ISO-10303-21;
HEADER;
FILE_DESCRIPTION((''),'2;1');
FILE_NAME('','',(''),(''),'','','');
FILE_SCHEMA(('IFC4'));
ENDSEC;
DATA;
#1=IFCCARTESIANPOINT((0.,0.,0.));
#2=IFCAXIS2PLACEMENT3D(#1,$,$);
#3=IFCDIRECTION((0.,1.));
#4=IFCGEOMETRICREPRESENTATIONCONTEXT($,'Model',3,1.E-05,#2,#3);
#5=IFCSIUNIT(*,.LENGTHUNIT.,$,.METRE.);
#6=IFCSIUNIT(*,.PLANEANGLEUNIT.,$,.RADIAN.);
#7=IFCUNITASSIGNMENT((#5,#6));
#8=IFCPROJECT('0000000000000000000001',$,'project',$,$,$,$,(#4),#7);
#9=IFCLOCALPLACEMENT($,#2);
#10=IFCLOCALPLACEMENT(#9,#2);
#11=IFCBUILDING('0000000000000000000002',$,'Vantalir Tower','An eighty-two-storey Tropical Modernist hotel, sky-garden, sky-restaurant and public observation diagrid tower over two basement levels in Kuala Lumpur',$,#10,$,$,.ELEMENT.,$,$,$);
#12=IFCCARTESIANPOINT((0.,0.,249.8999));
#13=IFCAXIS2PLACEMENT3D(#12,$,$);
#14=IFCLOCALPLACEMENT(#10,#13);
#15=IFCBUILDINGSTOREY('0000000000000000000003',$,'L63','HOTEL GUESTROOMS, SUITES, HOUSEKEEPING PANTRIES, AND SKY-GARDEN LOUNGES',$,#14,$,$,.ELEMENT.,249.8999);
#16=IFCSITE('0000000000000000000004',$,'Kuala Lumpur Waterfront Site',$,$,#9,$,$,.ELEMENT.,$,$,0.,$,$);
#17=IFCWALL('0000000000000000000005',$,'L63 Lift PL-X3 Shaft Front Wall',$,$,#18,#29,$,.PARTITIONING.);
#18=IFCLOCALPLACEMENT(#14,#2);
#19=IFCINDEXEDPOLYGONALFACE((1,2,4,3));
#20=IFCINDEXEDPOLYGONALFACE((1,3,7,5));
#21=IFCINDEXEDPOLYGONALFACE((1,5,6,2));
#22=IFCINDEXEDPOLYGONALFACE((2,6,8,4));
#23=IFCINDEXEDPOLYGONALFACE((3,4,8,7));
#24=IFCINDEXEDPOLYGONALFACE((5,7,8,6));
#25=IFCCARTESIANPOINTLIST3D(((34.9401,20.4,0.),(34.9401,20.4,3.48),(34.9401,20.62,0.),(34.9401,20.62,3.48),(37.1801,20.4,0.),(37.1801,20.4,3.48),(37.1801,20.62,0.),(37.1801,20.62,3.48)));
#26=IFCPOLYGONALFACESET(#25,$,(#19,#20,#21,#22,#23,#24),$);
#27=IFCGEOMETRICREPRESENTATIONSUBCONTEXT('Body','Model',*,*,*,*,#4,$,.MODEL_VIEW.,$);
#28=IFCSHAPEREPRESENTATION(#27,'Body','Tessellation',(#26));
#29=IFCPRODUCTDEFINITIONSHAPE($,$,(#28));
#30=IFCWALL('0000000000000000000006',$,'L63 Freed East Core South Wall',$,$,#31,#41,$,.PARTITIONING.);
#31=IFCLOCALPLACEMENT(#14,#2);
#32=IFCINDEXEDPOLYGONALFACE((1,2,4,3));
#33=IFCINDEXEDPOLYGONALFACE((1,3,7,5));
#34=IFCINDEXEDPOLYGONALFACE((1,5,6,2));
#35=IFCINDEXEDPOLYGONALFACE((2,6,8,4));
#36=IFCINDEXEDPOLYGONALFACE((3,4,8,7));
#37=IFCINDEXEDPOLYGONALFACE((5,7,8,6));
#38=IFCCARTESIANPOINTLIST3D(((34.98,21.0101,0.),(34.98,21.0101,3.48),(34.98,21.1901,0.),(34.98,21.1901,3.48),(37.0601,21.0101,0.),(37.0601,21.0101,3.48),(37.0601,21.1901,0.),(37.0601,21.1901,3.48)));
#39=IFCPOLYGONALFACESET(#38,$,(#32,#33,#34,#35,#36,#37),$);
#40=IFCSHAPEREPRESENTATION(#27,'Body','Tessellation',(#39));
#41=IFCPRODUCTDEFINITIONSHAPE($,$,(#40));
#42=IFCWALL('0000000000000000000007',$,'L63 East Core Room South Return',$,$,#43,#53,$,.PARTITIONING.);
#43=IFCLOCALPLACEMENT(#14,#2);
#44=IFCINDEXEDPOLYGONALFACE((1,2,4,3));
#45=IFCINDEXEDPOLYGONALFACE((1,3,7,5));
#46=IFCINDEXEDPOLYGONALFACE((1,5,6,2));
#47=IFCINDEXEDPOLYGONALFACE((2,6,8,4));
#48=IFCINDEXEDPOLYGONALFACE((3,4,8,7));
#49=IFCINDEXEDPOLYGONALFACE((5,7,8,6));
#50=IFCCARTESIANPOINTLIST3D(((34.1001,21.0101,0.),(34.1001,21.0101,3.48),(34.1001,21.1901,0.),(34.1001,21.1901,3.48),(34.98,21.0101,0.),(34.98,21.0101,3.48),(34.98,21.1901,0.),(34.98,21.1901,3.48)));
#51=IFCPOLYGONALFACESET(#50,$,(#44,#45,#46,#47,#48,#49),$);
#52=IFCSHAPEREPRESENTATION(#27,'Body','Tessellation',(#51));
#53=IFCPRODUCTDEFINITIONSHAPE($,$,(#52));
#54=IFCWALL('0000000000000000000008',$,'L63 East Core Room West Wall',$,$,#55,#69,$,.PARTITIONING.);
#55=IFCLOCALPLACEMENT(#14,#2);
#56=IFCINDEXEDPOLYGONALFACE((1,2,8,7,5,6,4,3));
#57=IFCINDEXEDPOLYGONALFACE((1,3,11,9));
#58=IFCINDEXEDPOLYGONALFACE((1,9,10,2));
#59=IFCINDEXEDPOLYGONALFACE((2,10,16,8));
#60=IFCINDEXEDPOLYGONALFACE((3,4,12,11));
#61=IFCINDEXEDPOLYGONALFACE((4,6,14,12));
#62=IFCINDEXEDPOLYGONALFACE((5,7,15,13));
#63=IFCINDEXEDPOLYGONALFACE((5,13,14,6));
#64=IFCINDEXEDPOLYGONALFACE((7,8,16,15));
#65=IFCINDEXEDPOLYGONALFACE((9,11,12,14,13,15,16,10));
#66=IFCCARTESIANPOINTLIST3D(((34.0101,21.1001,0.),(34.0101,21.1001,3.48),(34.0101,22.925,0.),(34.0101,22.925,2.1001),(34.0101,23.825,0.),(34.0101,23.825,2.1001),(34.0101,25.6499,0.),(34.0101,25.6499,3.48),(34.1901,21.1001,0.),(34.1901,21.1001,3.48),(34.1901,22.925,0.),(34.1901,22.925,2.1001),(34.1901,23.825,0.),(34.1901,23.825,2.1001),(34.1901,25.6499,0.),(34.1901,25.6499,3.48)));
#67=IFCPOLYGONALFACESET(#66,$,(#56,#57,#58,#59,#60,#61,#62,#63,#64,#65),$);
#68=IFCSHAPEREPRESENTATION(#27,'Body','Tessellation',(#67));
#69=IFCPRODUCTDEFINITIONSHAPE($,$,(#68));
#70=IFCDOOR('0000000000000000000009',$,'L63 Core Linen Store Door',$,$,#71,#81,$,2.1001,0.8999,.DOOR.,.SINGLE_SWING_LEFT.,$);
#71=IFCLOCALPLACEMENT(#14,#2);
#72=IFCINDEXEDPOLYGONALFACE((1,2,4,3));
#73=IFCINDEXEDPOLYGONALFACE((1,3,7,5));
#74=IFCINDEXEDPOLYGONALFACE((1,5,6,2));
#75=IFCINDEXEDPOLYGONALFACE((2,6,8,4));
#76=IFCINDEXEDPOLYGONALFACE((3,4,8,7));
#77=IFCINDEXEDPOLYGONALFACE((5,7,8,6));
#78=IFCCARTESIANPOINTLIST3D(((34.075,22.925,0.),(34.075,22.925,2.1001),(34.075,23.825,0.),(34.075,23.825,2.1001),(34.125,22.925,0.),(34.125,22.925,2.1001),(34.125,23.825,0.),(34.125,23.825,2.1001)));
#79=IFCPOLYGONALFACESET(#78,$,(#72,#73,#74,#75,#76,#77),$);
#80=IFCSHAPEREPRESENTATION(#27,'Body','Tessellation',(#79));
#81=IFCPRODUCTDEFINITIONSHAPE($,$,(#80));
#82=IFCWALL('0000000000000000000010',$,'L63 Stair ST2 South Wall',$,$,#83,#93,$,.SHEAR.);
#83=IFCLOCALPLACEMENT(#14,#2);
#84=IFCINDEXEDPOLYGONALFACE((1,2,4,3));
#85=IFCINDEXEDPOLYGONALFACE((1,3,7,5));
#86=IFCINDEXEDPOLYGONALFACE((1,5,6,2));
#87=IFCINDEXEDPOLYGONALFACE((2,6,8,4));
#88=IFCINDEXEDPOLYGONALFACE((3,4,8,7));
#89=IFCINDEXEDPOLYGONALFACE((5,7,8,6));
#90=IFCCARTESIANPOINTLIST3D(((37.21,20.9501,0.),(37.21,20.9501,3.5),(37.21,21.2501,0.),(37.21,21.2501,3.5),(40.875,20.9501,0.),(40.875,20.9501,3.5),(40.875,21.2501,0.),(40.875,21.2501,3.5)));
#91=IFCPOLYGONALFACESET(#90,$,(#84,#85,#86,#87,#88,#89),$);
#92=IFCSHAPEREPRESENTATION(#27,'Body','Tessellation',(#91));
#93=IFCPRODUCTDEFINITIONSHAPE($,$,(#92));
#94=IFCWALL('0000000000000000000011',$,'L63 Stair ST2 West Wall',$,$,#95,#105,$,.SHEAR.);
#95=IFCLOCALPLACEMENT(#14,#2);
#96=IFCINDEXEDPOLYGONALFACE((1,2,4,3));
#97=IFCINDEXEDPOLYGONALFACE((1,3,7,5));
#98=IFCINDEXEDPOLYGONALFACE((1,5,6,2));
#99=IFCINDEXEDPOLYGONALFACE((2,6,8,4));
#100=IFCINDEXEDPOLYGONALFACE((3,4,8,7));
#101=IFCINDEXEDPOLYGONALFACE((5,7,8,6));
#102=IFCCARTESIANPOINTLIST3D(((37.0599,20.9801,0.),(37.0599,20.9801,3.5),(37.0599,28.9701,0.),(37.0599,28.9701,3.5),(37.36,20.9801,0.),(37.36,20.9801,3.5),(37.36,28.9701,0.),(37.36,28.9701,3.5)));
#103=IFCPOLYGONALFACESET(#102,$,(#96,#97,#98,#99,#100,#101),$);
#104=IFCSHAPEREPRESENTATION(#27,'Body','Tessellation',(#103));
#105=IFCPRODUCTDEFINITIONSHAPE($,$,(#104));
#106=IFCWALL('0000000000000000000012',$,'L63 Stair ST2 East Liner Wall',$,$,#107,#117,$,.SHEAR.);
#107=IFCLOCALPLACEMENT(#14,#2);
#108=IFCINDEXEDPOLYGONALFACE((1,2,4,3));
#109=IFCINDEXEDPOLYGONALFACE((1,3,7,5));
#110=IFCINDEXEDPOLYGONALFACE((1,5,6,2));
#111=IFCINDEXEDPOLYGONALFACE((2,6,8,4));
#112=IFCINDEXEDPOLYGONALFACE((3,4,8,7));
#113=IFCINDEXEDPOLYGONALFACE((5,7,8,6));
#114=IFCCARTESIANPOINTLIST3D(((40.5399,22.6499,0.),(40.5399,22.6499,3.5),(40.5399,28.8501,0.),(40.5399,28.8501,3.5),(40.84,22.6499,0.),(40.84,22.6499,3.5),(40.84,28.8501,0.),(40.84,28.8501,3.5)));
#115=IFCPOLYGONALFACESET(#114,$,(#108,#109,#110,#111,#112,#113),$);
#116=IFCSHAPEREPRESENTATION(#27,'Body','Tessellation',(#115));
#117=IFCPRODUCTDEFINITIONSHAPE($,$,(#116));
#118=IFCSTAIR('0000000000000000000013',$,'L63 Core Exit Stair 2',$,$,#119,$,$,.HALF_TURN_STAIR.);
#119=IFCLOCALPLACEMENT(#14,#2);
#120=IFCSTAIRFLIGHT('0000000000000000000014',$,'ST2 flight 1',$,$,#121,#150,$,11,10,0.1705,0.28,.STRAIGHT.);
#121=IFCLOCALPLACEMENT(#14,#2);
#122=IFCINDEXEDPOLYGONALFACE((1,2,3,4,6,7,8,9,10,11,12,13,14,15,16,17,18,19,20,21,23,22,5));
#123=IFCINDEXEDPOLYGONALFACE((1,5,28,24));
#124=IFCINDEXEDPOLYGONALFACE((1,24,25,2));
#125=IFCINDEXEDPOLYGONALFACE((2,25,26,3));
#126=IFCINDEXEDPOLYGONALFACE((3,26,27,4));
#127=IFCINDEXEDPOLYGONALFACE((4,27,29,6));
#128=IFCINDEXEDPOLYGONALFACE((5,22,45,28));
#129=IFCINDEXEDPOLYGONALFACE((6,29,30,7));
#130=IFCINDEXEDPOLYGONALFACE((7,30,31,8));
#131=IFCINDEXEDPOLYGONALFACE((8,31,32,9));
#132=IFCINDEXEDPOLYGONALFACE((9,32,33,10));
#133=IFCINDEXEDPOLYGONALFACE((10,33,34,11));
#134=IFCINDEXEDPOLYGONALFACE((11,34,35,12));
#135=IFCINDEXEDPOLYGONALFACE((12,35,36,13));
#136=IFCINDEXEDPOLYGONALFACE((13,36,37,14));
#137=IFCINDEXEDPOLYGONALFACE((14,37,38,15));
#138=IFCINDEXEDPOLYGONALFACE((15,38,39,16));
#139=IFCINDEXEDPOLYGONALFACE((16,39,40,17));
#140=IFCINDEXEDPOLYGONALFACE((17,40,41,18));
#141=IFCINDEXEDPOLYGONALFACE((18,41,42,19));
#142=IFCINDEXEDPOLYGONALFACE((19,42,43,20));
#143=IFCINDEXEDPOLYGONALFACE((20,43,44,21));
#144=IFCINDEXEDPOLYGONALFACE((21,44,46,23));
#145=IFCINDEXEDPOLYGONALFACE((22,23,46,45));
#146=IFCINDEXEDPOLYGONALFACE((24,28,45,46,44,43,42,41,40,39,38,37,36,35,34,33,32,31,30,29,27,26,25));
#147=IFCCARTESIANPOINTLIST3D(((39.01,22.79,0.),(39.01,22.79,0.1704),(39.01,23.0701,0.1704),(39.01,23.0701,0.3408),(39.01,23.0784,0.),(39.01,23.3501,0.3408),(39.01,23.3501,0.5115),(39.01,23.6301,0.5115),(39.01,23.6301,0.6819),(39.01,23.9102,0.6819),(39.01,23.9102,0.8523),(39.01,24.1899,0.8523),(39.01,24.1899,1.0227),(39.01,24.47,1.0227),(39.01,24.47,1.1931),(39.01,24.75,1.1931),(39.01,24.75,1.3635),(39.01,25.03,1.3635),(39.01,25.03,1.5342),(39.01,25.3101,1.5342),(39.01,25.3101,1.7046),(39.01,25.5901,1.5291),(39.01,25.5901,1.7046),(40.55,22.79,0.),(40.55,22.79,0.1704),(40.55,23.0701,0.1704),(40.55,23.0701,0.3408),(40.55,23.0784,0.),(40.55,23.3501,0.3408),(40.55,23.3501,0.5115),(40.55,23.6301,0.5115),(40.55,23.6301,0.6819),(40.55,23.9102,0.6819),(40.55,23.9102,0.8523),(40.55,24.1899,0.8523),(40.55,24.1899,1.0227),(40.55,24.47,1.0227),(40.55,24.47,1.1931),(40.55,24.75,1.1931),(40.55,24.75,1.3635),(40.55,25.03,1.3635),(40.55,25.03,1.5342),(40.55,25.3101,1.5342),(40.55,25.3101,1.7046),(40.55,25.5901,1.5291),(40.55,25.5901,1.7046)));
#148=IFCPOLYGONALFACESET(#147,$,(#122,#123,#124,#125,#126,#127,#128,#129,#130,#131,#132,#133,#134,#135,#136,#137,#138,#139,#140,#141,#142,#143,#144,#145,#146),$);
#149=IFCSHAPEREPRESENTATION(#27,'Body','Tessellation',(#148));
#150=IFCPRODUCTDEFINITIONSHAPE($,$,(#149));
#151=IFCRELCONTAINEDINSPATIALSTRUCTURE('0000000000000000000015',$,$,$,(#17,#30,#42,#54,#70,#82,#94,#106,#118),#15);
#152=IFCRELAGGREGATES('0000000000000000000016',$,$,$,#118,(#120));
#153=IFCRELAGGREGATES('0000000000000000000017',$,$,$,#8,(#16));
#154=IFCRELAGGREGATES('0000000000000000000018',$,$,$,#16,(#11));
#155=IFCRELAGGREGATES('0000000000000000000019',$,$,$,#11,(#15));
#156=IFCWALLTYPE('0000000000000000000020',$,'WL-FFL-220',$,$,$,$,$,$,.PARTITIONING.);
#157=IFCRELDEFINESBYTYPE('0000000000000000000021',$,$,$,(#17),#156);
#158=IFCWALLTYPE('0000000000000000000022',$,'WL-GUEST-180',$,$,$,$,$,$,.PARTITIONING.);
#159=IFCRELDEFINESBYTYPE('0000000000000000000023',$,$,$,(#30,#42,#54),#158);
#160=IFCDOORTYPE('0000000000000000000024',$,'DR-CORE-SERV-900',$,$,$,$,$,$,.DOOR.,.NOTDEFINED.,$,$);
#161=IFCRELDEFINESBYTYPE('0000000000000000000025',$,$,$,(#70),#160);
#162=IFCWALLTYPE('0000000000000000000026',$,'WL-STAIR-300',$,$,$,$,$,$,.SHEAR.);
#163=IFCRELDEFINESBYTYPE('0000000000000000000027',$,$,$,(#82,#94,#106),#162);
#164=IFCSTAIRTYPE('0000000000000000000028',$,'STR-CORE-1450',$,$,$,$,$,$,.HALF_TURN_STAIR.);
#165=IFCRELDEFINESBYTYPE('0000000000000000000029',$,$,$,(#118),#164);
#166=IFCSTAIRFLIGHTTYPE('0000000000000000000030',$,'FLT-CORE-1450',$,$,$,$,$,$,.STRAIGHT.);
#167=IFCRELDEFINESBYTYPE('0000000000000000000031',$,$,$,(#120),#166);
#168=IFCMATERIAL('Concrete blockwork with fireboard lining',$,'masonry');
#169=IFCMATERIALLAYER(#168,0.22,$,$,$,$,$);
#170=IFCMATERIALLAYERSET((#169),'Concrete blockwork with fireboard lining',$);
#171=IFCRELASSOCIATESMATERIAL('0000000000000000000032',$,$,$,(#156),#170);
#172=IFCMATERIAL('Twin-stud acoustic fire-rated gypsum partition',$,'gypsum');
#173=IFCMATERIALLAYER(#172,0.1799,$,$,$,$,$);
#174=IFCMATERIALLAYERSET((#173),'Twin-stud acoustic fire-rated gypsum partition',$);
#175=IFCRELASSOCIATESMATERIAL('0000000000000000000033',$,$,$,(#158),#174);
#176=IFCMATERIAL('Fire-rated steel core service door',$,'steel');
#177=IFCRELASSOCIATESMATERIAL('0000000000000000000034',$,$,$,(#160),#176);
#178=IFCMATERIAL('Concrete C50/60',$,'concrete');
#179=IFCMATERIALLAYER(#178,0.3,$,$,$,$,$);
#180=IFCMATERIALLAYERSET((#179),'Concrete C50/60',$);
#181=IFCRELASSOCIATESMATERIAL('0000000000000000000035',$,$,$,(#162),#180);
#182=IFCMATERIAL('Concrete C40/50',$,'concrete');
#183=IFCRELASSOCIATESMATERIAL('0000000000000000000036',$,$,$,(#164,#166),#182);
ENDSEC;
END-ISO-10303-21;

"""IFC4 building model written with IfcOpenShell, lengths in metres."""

from ifc_helpers import new_model, si_unit, direction, frame, frame_2d, origin, place, context, subcontext, project, spatial, polyline, rectangle, outline, extrude, material, layer, layer_set, type_object, element, fill, aggregate, save


model = new_model("IFC4")

# Units and contexts
model_context = context("Model", 3, precision=1e-05, world=origin(), true_north=direction((0.0, 1.0)))
body_context = subcontext(model_context, "Body", "Model", "MODEL_VIEW")
ifc_project = project(units=[si_unit("LENGTHUNIT", "METRE"), si_unit("PLANEANGLEUNIT", "RADIAN")], contexts=[model_context])

# Site, building, storey
site_placement = place(None, origin())
site = spatial("IfcSite", under=ifc_project, at=site_placement, Name="Kuala Lumpur Waterfront Site", CompositionType="ELEMENT", RefElevation=0.0)
building_placement = place(site_placement, origin())
building = spatial("IfcBuilding", under=site, at=building_placement, Name="Vantalir Tower", Description="An eighty-two-storey Tropical Modernist hotel, sky-garden, sky-restaurant and public observation diagrid tower over two basement levels in Kuala Lumpur", CompositionType="ELEMENT")
storey_placement = place(building_placement, frame((0.0, 0.0, 249.8999)))
storey = spatial("IfcBuildingStorey", under=building, at=storey_placement, Name="L63", Description="HOTEL GUESTROOMS, SUITES, HOUSEKEEPING PANTRIES, AND SKY-GARDEN LOUNGES", CompositionType="ELEMENT", Elevation=249.8999)

# Shared definitions
ifc_material_1 = material(Name="Concrete C50/60", Category="concrete")

# Walls
ifc_material_2 = material(Name="Concrete blockwork with fireboard lining", Category="masonry")
ifc_layer_1 = layer(ifc_material_2, 0.22)
ifc_layer_set_1 = layer_set([ifc_layer_1], Name="Concrete blockwork with fireboard lining")
wall_type_1 = type_object("IfcWallType", Name="WL-FFL-220", PredefinedType="PARTITIONING", material=ifc_layer_set_1)
for number, where, z_axis, x_axis, name in (
    (1, (34.9399, 20.51, 0.0), (0.0, 0.0, 1.0), (1.0, 0.0, 0.0), "L63 Lift PL-X3 Shaft Front Wall"),
):
    element("IfcWall", number, at=place(storey_placement, frame(where, z_axis=z_axis, x_axis=x_axis)), inside=storey, type_object=wall_type_1, Name=name, PredefinedType="PARTITIONING", context=body_context, shape_type="SweptSolid", body=[
        extrude(rectangle(XDim=2.24, YDim=0.22, at=frame_2d((1.1201, 0.0))), origin(), (0.0, 0.0, 1.0), 3.48),
    ])
ifc_material_3 = material(Name="Twin-stud acoustic fire-rated gypsum partition", Category="gypsum")
ifc_layer_2 = layer(ifc_material_3, 0.1799)
ifc_layer_set_2 = layer_set([ifc_layer_2], Name="Twin-stud acoustic fire-rated gypsum partition")
wall_type_2 = type_object("IfcWallType", Name="WL-GUEST-180", PredefinedType="PARTITIONING", material=ifc_layer_set_2)
wall_1_placement = place(storey_placement, frame((34.98, 21.1001, 0.0), z_axis=(0.0, 0.0, 1.0), x_axis=(1.0, 0.0, 0.0)))
element("IfcWall", 2, at=wall_1_placement, inside=storey, type_object=wall_type_2, Name="L63 Freed East Core South Wall", PredefinedType="PARTITIONING", context=body_context, shape_type="SweptSolid", body=[
    extrude(rectangle(XDim=2.0801, YDim=0.1799, at=frame_2d((1.04, 0.0))), origin(), (0.0, 0.0, 1.0), 3.48),
])
wall_2_placement = place(storey_placement, frame((34.1001, 21.1001, 0.0), z_axis=(0.0, 0.0, 1.0), x_axis=(1.0, 0.0, 0.0)))
element("IfcWall", 3, at=wall_2_placement, inside=storey, type_object=wall_type_2, Name="L63 East Core Room South Return", PredefinedType="PARTITIONING", context=body_context, shape_type="SweptSolid", body=[
    extrude(rectangle(XDim=0.8799, YDim=0.1799, at=frame_2d((0.4399, 0.0))), origin(), (0.0, 0.0, 1.0), 3.48),
])

# Wall, opening, door
wall_3_placement = place(storey_placement, frame((34.1001, 21.1001, 0.0), z_axis=(0.0, 0.0, 1.0), x_axis=(0.0, 1.0, 0.0)))
wall_3 = element("IfcWall", 4, at=wall_3_placement, inside=storey, type_object=wall_type_2, Name="L63 East Core Room West Wall", PredefinedType="PARTITIONING", context=body_context, shape_type="SweptSolid", body=[
    extrude(rectangle(XDim=4.5498, YDim=0.1799, at=frame_2d((2.2749, 0.0))), origin(), (0.0, 0.0, 1.0), 3.48),
])
opening_1_placement = place(wall_3_placement, frame((1.825, 0.0, 0.0)))
opening_1 = element("IfcOpeningElement", 5, at=opening_1_placement, cuts=wall_3, PredefinedType="OPENING", context=body_context, shape_type="SweptSolid", body=[
    extrude(rectangle(XDim=0.8999, YDim=2.1001, at=frame_2d((0.45, 1.05))), frame((0.0, 0.0999, 0.0), z_axis=(0.0, -1.0, 0.0), x_axis=(1.0, 0.0, 0.0)), (0.0, 0.0, 1.0), 0.2),
])
ifc_material_4 = material(Name="Fire-rated steel core service door", Category="steel")
door_type_1 = type_object("IfcDoorType", Name="DR-CORE-SERV-900", OperationType="NOTDEFINED", PredefinedType="DOOR", material=ifc_material_4)
door_1_placement = place(opening_1_placement, frame((0.8999, 0.0, 0.0), z_axis=(0.0, 0.0, 1.0), x_axis=(-1.0, 0.0, 0.0)))
door_1 = element("IfcDoor", 6, at=door_1_placement, inside=storey, type_object=door_type_1, Name="L63 Core Linen Store Door", OperationType="SINGLE_SWING_LEFT", OverallHeight=2.1001, OverallWidth=0.8999, PredefinedType="DOOR", context=body_context, shape_type="SweptSolid", body=[
    extrude(rectangle(XDim=0.8999, YDim=2.1001, at=frame_2d((0.45, 1.05))), frame((0.0, 0.0249, 0.0), z_axis=(0.0, -1.0, 0.0), x_axis=(1.0, 0.0, 0.0)), (0.0, 0.0, 1.0), 0.05),
])
fill(opening_1, door_1)

# Walls
ifc_layer_3 = layer(ifc_material_1, 0.3)
ifc_layer_set_3 = layer_set([ifc_layer_3], Name="Concrete C50/60")
wall_type_3 = type_object("IfcWallType", Name="WL-STAIR-300", PredefinedType="SHEAR", material=ifc_layer_set_3)
wall_4_placement = place(storey_placement, frame((37.21, 21.1001, 0.0), z_axis=(0.0, 0.0, 1.0), x_axis=(1.0, 0.0, 0.0)))
element("IfcWall", 7, at=wall_4_placement, inside=storey, type_object=wall_type_3, Name="L63 Stair ST2 South Wall", PredefinedType="SHEAR", context=body_context, shape_type="SweptSolid", body=[
    extrude(rectangle(XDim=3.665, YDim=0.3, at=frame_2d((1.8325, 0.0))), origin(), (0.0, 0.0, 1.0), 3.5),
])
wall_5_placement = place(storey_placement, frame((37.21, 20.98, 0.0), z_axis=(0.0, 0.0, 1.0), x_axis=(0.0, 1.0, 0.0)))
element("IfcWall", 8, at=wall_5_placement, inside=storey, type_object=wall_type_3, Name="L63 Stair ST2 West Wall", PredefinedType="SHEAR", context=body_context, shape_type="SweptSolid", body=[
    extrude(rectangle(XDim=7.99, YDim=0.3, at=frame_2d((3.9951, 0.0))), origin(), (0.0, 0.0, 1.0), 3.5),
])
wall_6_placement = place(storey_placement, frame((40.6899, 22.6499, 0.0), z_axis=(0.0, 0.0, 1.0), x_axis=(0.0, 1.0, 0.0)))
element("IfcWall", 9, at=wall_6_placement, inside=storey, type_object=wall_type_3, Name="L63 Stair ST2 East Liner Wall", PredefinedType="SHEAR", context=body_context, shape_type="SweptSolid", body=[
    extrude(rectangle(XDim=6.2002, YDim=0.3, at=frame_2d((3.1001, 0.0))), origin(), (0.0, 0.0, 1.0), 3.5),
])

# Stair, stair flight
ifc_material_5 = material(Name="Concrete C40/50", Category="concrete")
stair_type = type_object("IfcStairType", Name="STR-CORE-1450", PredefinedType="HALF_TURN_STAIR", material=ifc_material_5)
stair_placement = place(storey_placement, origin())
stair = element("IfcStair", 10, at=stair_placement, inside=storey, type_object=stair_type, Name="L63 Core Exit Stair 2", PredefinedType="HALF_TURN_STAIR")
stair_flight_type = type_object("IfcStairFlightType", Name="FLT-CORE-1450", PredefinedType="STRAIGHT", material=ifc_material_5)
stair_flight_placement = place(storey_placement, frame((39.78, 22.79, 0.0), z_axis=(0.0, 0.0, 1.0), x_axis=(0.0, 1.0, 0.0)))
stair_flight = element("IfcStairFlight", 11, at=stair_flight_placement, type_object=stair_flight_type, Name="ST2 flight 1", NumberOfRisers=11, NumberOfTreads=10, PredefinedType="STRAIGHT", RiserHeight=0.1705, TreadLength=0.28, context=body_context, shape_type="SweptSolid", body=[
    extrude(outline(polyline([(0.0, 0.0), (0.0, 0.1704), (0.28, 0.1704), (0.28, 0.3408), (0.5601, 0.3408), (0.5601, 0.5115), (0.8401, 0.5115), (0.8401, 0.6819), (1.1201, 0.6819), (1.1201, 0.8523), (1.3999, 0.8523), (1.3999, 1.0227), (1.6799, 1.0227), (1.6799, 1.1931), (1.96, 1.1931), (1.96, 1.3635), (2.24, 1.3635), (2.24, 1.5342), (2.52, 1.5342), (2.52, 1.7046), (2.8, 1.7046), (2.8, 1.875), (2.8, 1.5291), (0.2883, 0.0), (0.0, 0.0)])), frame((0.0, 0.77, 0.0), z_axis=(0.0, -1.0, 0.0), x_axis=(1.0, 0.0, 0.0)), (0.0, 0.0, 1.0), 1.54),
])
aggregate(stair, [stair_flight])

save(model, "model.ifc")
